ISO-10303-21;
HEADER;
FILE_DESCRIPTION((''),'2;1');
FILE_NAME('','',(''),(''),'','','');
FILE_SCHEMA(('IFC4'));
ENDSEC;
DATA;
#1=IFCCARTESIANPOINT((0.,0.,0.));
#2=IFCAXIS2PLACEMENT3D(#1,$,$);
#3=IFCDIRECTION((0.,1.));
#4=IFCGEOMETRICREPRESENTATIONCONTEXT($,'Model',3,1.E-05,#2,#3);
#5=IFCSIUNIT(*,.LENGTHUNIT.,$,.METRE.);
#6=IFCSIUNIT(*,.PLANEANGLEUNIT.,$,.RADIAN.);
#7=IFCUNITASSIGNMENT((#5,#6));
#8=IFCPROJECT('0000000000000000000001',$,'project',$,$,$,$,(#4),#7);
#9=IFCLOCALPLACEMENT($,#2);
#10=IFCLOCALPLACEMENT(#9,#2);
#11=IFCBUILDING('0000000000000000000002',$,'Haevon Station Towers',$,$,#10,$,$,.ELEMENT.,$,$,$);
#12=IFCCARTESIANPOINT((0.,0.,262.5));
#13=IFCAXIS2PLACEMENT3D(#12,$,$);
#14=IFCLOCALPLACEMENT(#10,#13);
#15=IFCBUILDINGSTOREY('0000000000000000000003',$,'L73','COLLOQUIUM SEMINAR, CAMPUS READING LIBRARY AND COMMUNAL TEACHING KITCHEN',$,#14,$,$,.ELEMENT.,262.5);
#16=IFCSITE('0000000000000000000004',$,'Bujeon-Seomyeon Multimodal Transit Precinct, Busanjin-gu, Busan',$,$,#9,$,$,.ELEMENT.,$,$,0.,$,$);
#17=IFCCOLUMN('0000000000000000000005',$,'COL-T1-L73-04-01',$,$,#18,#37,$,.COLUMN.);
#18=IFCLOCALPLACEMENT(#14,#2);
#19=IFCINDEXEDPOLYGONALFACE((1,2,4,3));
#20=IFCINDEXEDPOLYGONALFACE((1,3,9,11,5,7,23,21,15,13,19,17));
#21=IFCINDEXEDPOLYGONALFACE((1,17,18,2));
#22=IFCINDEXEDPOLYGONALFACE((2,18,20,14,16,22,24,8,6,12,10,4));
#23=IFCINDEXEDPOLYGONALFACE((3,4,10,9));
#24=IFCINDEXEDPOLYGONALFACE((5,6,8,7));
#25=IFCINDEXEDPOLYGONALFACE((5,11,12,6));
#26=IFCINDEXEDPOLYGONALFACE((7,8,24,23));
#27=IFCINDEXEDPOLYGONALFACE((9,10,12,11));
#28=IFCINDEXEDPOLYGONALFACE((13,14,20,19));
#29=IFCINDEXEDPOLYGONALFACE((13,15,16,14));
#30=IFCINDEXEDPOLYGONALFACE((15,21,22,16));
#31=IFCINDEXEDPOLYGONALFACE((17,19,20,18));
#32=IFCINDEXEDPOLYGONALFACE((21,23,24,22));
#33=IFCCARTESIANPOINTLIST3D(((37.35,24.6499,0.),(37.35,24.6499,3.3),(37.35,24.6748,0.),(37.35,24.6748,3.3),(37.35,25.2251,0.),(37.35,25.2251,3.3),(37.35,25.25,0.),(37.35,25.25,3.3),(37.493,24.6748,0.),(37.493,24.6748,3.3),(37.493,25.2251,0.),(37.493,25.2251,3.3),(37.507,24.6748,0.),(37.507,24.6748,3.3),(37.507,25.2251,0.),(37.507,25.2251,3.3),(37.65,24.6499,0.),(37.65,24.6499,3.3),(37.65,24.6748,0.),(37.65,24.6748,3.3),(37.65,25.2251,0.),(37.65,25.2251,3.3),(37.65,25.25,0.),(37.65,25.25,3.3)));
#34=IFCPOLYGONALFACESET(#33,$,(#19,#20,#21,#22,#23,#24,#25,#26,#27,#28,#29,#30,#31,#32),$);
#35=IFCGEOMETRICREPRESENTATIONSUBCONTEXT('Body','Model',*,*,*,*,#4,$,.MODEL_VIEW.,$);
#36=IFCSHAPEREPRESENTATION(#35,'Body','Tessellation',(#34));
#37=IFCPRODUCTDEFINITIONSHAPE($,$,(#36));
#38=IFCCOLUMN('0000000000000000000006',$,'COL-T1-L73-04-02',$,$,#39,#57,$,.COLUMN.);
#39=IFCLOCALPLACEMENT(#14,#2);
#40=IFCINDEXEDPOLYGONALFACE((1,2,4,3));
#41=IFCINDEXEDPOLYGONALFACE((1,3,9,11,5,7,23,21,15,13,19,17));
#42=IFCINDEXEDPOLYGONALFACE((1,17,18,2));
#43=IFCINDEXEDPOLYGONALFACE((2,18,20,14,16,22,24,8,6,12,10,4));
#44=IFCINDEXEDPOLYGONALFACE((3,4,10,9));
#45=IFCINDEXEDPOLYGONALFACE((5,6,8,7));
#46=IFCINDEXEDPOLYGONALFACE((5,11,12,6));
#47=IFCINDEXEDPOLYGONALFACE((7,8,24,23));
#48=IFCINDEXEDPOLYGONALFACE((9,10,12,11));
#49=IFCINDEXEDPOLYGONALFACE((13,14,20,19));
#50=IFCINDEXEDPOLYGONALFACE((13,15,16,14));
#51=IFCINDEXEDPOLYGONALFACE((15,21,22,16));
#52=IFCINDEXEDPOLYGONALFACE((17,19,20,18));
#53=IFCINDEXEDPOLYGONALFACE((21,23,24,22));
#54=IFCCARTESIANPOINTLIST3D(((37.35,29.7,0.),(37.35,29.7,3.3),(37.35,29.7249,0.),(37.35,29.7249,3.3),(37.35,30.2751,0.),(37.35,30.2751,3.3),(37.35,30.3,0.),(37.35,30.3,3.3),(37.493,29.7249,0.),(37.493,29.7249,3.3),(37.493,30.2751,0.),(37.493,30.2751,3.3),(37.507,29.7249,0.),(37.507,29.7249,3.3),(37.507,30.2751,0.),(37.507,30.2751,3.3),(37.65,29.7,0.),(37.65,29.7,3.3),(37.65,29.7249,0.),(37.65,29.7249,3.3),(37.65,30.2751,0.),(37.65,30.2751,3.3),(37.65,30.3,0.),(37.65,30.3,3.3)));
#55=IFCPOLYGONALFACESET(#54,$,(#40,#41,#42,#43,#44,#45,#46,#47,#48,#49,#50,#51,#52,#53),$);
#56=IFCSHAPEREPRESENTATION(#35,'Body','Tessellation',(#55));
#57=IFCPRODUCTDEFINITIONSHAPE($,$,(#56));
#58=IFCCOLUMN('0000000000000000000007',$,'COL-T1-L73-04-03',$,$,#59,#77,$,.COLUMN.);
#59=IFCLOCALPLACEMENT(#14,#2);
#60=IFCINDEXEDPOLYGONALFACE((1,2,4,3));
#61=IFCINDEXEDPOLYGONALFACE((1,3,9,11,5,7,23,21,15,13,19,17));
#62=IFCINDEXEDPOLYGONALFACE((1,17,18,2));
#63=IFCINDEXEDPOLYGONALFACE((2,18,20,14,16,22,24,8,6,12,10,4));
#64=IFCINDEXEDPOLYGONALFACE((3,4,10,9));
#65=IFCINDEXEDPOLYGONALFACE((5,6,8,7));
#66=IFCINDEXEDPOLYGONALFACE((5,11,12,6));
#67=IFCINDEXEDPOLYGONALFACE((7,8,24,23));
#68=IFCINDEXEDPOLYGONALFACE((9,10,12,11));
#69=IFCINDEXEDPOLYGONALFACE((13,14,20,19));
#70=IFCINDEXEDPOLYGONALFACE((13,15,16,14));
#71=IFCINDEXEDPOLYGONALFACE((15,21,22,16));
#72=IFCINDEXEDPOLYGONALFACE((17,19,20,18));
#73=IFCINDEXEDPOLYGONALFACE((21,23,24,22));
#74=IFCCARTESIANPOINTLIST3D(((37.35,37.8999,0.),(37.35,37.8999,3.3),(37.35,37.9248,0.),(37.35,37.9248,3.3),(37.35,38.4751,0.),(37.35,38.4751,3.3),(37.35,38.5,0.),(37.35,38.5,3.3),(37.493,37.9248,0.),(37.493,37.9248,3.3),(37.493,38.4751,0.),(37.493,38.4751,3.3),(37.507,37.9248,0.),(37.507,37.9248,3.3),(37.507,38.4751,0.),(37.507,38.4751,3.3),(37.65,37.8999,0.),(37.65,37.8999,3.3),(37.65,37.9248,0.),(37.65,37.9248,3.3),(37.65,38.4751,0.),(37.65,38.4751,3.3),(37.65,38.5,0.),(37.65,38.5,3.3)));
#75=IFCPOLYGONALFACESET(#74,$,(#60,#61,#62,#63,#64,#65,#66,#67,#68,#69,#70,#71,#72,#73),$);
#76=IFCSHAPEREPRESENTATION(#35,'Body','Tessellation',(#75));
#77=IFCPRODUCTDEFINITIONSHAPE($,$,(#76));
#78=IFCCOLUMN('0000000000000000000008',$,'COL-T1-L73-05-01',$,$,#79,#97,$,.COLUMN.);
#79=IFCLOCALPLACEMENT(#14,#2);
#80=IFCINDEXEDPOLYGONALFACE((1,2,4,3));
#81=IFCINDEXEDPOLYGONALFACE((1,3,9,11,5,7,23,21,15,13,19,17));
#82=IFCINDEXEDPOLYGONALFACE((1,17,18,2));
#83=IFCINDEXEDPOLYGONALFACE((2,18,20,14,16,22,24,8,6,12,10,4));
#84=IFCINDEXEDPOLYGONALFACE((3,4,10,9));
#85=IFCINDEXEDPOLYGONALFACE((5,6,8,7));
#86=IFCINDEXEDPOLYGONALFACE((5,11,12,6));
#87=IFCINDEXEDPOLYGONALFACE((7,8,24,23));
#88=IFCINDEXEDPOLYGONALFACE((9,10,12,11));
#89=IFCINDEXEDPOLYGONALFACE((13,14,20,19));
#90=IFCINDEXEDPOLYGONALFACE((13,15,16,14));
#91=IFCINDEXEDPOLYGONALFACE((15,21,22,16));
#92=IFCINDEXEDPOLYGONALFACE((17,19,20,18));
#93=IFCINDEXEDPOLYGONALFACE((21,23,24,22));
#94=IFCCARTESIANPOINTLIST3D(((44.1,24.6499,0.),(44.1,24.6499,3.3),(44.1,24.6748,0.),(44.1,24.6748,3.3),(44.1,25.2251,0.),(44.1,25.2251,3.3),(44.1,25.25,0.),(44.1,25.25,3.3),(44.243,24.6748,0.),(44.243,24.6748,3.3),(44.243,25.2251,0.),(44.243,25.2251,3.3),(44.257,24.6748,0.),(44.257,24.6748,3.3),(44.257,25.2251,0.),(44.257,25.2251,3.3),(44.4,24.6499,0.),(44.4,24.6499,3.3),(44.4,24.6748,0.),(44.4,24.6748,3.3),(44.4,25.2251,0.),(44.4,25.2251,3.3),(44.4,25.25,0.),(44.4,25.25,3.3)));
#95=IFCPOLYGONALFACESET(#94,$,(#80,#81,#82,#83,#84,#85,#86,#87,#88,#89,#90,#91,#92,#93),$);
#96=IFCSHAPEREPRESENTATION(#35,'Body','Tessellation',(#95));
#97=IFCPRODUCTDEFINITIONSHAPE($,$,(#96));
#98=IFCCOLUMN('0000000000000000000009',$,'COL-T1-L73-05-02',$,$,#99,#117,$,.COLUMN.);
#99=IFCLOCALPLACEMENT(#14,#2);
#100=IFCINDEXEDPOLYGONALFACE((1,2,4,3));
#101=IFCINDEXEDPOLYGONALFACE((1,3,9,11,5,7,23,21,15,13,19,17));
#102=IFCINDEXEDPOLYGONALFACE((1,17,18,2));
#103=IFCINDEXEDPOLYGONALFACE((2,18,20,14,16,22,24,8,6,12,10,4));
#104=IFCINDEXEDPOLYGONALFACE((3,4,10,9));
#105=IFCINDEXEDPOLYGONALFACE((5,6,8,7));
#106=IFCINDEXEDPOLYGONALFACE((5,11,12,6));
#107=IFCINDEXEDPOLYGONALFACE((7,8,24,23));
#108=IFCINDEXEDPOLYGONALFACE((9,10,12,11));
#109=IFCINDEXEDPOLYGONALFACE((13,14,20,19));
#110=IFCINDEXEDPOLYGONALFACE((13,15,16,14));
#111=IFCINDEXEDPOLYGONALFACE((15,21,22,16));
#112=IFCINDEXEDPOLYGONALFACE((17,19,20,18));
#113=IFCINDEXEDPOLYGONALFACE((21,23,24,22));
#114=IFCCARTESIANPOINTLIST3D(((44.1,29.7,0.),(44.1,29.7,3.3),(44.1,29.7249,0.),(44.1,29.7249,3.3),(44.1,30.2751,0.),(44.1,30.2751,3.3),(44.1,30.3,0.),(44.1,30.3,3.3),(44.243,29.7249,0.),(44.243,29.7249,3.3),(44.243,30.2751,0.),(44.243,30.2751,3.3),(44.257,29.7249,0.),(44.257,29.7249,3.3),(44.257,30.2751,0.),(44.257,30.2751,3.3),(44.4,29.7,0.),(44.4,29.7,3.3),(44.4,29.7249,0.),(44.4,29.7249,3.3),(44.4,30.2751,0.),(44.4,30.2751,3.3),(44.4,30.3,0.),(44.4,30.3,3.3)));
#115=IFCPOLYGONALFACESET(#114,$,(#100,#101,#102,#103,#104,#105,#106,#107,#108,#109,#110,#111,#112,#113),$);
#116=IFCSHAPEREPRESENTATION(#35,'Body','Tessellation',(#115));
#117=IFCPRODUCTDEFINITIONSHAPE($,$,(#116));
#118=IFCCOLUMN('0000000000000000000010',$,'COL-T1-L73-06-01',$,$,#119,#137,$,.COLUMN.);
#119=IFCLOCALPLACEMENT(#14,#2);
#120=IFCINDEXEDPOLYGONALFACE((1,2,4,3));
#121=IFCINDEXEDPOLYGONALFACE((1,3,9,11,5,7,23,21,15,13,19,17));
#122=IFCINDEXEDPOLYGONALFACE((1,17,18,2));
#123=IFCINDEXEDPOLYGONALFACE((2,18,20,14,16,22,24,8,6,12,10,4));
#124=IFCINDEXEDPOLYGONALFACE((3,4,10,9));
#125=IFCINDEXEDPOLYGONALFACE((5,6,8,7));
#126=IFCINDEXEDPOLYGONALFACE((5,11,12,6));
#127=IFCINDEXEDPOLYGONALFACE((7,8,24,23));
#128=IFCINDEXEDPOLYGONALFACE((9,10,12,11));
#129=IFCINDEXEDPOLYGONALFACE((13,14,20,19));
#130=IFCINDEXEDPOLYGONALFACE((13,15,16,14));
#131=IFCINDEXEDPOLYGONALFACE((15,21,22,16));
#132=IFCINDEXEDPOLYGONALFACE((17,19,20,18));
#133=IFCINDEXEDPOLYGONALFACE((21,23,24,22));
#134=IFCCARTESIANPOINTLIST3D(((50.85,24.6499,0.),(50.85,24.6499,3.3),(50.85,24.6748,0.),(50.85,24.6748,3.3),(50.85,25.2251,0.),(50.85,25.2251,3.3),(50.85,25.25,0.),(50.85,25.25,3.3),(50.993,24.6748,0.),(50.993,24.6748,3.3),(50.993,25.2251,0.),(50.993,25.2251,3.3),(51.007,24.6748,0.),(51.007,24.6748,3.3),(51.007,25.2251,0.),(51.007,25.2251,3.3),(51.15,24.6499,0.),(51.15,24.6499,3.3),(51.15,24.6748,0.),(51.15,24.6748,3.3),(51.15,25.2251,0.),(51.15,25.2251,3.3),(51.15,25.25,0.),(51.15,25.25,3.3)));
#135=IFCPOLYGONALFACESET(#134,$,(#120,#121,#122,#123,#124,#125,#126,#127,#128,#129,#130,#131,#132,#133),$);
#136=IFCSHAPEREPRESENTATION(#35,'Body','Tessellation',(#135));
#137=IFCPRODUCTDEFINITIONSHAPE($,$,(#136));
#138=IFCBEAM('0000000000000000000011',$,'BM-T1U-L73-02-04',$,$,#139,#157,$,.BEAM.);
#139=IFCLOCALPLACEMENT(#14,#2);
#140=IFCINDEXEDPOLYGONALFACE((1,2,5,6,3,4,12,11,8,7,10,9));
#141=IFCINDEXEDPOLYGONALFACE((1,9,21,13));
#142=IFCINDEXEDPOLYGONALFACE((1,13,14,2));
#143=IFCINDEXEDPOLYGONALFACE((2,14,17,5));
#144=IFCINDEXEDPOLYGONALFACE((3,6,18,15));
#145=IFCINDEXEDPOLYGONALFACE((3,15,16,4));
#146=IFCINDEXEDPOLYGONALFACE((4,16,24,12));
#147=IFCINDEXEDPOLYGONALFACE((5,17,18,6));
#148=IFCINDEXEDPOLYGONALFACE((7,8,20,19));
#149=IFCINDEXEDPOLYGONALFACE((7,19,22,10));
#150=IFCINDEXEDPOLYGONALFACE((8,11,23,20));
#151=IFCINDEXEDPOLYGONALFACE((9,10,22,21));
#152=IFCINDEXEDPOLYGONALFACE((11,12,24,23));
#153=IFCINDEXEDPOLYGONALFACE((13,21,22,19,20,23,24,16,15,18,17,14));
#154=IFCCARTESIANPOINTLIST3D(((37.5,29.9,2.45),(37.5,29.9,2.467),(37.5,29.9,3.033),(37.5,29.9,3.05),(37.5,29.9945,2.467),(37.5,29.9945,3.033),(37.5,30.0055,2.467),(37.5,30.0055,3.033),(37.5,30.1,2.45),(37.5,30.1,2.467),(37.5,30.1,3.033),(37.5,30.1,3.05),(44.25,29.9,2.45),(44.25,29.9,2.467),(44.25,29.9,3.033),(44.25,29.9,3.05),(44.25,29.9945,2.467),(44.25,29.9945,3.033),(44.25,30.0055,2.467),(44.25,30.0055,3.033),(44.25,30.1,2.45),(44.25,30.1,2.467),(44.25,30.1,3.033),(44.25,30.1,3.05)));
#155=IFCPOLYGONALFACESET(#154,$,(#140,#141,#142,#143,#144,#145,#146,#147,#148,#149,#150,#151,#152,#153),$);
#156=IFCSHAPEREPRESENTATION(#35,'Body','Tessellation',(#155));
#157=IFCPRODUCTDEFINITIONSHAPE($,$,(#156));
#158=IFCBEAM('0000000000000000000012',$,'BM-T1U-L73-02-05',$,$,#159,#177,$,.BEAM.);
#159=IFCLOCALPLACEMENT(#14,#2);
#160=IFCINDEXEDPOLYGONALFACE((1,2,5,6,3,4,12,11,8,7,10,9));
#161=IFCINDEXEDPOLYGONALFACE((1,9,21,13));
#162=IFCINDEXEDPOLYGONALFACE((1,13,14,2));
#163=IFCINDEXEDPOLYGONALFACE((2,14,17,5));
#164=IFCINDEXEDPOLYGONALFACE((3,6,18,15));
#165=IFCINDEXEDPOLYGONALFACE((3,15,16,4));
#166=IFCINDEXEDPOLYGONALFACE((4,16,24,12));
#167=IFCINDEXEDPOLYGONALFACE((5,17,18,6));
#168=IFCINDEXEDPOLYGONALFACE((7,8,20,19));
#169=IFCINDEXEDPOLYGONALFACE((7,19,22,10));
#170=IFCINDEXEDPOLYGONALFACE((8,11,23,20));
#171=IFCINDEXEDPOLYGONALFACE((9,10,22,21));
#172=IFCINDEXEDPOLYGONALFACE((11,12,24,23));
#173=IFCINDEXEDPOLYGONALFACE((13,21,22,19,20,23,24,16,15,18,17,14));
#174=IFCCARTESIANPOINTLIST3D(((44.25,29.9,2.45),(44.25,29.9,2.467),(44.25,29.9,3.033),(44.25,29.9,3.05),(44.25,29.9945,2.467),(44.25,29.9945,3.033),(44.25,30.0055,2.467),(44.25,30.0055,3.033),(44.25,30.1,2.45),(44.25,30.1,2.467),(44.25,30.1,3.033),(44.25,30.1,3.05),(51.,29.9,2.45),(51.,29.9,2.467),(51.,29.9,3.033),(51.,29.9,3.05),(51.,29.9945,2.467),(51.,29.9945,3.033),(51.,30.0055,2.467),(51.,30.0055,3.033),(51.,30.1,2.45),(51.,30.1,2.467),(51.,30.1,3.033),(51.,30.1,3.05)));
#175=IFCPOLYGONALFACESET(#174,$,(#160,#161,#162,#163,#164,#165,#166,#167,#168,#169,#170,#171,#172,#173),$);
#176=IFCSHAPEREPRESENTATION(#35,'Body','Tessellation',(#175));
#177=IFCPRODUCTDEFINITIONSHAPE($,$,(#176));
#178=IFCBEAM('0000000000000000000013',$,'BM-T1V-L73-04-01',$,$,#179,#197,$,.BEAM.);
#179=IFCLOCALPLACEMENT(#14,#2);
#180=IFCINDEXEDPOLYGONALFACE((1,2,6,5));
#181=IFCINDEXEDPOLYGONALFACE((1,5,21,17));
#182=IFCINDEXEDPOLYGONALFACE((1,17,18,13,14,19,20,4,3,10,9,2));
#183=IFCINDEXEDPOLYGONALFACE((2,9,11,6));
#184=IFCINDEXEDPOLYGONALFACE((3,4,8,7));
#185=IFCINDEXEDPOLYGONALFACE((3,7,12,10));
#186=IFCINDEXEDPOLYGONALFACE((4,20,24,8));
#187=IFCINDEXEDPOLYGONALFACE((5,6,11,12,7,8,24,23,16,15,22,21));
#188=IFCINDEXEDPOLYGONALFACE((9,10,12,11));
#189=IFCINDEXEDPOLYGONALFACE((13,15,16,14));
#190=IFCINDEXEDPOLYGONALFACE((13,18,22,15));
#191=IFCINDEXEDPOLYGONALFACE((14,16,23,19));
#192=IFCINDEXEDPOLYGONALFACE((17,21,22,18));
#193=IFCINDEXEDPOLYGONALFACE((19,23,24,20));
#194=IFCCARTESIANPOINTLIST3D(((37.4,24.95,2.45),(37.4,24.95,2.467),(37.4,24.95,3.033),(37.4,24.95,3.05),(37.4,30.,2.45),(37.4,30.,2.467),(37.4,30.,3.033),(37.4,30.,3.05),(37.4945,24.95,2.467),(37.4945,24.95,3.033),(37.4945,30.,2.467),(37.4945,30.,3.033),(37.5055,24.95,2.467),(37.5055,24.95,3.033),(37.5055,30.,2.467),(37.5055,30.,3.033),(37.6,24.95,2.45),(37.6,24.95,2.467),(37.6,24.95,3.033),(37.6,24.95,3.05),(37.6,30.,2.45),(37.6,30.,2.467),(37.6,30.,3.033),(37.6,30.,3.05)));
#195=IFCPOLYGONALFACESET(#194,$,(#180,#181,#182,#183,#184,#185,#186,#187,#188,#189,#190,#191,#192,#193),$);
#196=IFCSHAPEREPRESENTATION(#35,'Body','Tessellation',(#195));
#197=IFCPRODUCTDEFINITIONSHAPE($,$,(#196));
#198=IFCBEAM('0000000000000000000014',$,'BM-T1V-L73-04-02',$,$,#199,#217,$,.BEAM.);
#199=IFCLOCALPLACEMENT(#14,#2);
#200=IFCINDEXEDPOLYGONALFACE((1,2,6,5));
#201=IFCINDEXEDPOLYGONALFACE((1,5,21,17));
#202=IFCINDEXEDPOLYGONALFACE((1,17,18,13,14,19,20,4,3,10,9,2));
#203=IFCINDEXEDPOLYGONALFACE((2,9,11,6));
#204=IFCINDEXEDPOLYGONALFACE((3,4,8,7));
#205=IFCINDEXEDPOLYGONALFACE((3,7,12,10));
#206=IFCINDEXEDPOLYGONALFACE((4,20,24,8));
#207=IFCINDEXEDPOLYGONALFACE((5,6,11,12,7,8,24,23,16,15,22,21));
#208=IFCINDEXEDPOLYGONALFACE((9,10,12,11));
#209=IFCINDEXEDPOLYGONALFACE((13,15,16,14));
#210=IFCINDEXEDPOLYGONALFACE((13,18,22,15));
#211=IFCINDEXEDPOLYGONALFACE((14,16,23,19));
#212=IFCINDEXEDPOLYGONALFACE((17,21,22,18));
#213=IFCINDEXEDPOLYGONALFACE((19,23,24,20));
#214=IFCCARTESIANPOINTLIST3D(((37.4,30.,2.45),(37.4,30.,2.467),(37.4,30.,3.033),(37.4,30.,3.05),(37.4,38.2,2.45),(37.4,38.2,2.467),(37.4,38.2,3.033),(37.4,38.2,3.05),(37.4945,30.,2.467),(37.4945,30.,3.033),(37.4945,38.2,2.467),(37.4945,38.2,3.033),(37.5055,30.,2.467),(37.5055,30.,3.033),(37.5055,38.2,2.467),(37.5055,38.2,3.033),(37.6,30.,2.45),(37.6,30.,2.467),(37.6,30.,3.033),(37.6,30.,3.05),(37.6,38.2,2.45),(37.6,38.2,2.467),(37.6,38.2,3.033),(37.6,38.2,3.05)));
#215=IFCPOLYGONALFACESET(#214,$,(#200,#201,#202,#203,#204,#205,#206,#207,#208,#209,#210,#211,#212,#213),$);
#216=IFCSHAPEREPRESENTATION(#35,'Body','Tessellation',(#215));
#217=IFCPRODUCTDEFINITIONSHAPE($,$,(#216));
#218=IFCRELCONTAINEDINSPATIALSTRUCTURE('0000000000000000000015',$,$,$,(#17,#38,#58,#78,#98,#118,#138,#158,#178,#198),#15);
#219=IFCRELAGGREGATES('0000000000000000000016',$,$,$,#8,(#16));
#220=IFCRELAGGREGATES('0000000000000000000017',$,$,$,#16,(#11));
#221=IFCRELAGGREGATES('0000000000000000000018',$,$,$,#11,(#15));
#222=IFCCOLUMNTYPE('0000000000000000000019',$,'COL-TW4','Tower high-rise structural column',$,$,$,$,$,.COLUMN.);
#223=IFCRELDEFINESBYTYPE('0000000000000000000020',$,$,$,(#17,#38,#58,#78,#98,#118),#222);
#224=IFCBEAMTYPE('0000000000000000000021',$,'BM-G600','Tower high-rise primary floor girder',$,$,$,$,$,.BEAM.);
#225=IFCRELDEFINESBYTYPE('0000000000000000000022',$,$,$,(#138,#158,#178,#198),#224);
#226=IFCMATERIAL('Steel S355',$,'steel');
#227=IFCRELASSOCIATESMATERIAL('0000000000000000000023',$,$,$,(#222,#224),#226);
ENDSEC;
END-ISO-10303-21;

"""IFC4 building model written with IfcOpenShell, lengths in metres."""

from ifc_helpers import new_model, si_unit, direction, frame, origin, origin_2d, place, context, subcontext, project, spatial, i_section, extrude, material, material_profile, profile_set, type_object, element, save


model = new_model("IFC4")

# Units and contexts
model_context = context("Model", 3, precision=1e-05, world=origin(), true_north=direction((0.0, 1.0)))
body_context = subcontext(model_context, "Body", "Model", "MODEL_VIEW")
ifc_project = project(units=[si_unit("LENGTHUNIT", "METRE"), si_unit("PLANEANGLEUNIT", "RADIAN")], contexts=[model_context])

# Site, building, storey
site_placement = place(None, origin())
site = spatial("IfcSite", under=ifc_project, at=site_placement, Name="Bujeon-Seomyeon Multimodal Transit Precinct, Busanjin-gu, Busan", CompositionType="ELEMENT", RefElevation=0.0)
building_placement = place(site_placement, origin())
building = spatial("IfcBuilding", under=site, at=building_placement, Name="Haevon Station Towers", CompositionType="ELEMENT")
storey_placement = place(building_placement, frame((0.0, 0.0, 262.5)))
storey = spatial("IfcBuildingStorey", under=building, at=storey_placement, Name="L73", Description="COLLOQUIUM SEMINAR, CAMPUS READING LIBRARY AND COMMUNAL TEACHING KITCHEN", CompositionType="ELEMENT", Elevation=262.5)

# Columns
ifc_material_1 = material(Name="Steel S355", Category="steel")
ifc_material_profile_1 = material_profile(ifc_material_1, i_section(OverallWidth=0.3, OverallDepth=0.6001, WebThickness=0.0139, FlangeThickness=0.0249, at=origin_2d()), Name="H-600x300x14x25")
ifc_profile_set_1 = profile_set([ifc_material_profile_1], Name="Steel S355")
column_type = type_object("IfcColumnType", Name="COL-TW4", Description="Tower high-rise structural column", PredefinedType="COLUMN", material=ifc_profile_set_1)
for number, where, z_axis, x_axis, name in (
    (1, (37.5, 24.95, 0.0), (0.0, 0.0, 1.0), (1.0, 0.0, 0.0), "COL-T1-L73-04-01"),
    (2, (37.5, 30.0, 0.0), (0.0, 0.0, 1.0), (1.0, 0.0, 0.0), "COL-T1-L73-04-02"),
    (3, (37.5, 38.2, 0.0), (0.0, 0.0, 1.0), (1.0, 0.0, 0.0), "COL-T1-L73-04-03"),
    (4, (44.25, 24.95, 0.0), (0.0, 0.0, 1.0), (1.0, 0.0, 0.0), "COL-T1-L73-05-01"),
    (5, (44.25, 30.0, 0.0), (0.0, 0.0, 1.0), (1.0, 0.0, 0.0), "COL-T1-L73-05-02"),
    (6, (51.0, 24.95, 0.0), (0.0, 0.0, 1.0), (1.0, 0.0, 0.0), "COL-T1-L73-06-01"),
):
    element("IfcColumn", number, at=place(storey_placement, frame(where, z_axis=z_axis, x_axis=x_axis)), inside=storey, type_object=column_type, Name=name, PredefinedType="COLUMN", context=body_context, shape_type="SweptSolid", body=[
        extrude(i_section(OverallWidth=0.3, OverallDepth=0.6001, WebThickness=0.0139, FlangeThickness=0.0249, at=origin_2d()), origin(), (0.0, 0.0, 1.0), 3.3),
    ])

# Beams
ifc_material_profile_2 = material_profile(ifc_material_1, i_section(OverallWidth=0.2, OverallDepth=0.6001, WebThickness=0.011, FlangeThickness=0.0171, at=origin_2d()), Name="H-600x200x11x17")
ifc_profile_set_2 = profile_set([ifc_material_profile_2], Name="Steel S355")
beam_type_1 = type_object("IfcBeamType", Name="BM-G600", Description="Tower high-rise primary floor girder", PredefinedType="BEAM", material=ifc_profile_set_2)
for number, where, z_axis, x_axis, name in (
    (7, (37.5, 30.0, 2.75), (1.0, 0.0, 0.0), (0.0, 1.0, 0.0), "BM-T1U-L73-02-04"),
    (8, (44.25, 30.0, 2.75), (1.0, 0.0, 0.0), (0.0, 1.0, 0.0), "BM-T1U-L73-02-05"),
):
    element("IfcBeam", number, at=place(storey_placement, frame(where, z_axis=z_axis, x_axis=x_axis)), inside=storey, type_object=beam_type_1, Name=name, PredefinedType="BEAM", context=body_context, shape_type="SweptSolid", body=[
        extrude(i_section(OverallWidth=0.2, OverallDepth=0.6001, WebThickness=0.011, FlangeThickness=0.0171, at=origin_2d()), origin(), (0.0, 0.0, 1.0), 6.75),
    ])
beam_1_placement = place(storey_placement, frame((37.5, 24.95, 2.75), z_axis=(0.0, 1.0, 0.0), x_axis=(-1.0, 0.0, 0.0)))
element("IfcBeam", 9, at=beam_1_placement, inside=storey, type_object=beam_type_1, Name="BM-T1V-L73-04-01", PredefinedType="BEAM", context=body_context, shape_type="SweptSolid", body=[
    extrude(i_section(OverallWidth=0.2, OverallDepth=0.6001, WebThickness=0.011, FlangeThickness=0.0171, at=origin_2d()), origin(), (0.0, 0.0, 1.0), 5.05),
])
beam_2_placement = place(storey_placement, frame((37.5, 30.0, 2.75), z_axis=(0.0, 1.0, 0.0), x_axis=(-1.0, 0.0, 0.0)))
element("IfcBeam", 10, at=beam_2_placement, inside=storey, type_object=beam_type_1, Name="BM-T1V-L73-04-02", PredefinedType="BEAM", context=body_context, shape_type="SweptSolid", body=[
    extrude(i_section(OverallWidth=0.2, OverallDepth=0.6001, WebThickness=0.011, FlangeThickness=0.0171, at=origin_2d()), origin(), (0.0, 0.0, 1.0), 8.2),
])

save(model, "model.ifc")
